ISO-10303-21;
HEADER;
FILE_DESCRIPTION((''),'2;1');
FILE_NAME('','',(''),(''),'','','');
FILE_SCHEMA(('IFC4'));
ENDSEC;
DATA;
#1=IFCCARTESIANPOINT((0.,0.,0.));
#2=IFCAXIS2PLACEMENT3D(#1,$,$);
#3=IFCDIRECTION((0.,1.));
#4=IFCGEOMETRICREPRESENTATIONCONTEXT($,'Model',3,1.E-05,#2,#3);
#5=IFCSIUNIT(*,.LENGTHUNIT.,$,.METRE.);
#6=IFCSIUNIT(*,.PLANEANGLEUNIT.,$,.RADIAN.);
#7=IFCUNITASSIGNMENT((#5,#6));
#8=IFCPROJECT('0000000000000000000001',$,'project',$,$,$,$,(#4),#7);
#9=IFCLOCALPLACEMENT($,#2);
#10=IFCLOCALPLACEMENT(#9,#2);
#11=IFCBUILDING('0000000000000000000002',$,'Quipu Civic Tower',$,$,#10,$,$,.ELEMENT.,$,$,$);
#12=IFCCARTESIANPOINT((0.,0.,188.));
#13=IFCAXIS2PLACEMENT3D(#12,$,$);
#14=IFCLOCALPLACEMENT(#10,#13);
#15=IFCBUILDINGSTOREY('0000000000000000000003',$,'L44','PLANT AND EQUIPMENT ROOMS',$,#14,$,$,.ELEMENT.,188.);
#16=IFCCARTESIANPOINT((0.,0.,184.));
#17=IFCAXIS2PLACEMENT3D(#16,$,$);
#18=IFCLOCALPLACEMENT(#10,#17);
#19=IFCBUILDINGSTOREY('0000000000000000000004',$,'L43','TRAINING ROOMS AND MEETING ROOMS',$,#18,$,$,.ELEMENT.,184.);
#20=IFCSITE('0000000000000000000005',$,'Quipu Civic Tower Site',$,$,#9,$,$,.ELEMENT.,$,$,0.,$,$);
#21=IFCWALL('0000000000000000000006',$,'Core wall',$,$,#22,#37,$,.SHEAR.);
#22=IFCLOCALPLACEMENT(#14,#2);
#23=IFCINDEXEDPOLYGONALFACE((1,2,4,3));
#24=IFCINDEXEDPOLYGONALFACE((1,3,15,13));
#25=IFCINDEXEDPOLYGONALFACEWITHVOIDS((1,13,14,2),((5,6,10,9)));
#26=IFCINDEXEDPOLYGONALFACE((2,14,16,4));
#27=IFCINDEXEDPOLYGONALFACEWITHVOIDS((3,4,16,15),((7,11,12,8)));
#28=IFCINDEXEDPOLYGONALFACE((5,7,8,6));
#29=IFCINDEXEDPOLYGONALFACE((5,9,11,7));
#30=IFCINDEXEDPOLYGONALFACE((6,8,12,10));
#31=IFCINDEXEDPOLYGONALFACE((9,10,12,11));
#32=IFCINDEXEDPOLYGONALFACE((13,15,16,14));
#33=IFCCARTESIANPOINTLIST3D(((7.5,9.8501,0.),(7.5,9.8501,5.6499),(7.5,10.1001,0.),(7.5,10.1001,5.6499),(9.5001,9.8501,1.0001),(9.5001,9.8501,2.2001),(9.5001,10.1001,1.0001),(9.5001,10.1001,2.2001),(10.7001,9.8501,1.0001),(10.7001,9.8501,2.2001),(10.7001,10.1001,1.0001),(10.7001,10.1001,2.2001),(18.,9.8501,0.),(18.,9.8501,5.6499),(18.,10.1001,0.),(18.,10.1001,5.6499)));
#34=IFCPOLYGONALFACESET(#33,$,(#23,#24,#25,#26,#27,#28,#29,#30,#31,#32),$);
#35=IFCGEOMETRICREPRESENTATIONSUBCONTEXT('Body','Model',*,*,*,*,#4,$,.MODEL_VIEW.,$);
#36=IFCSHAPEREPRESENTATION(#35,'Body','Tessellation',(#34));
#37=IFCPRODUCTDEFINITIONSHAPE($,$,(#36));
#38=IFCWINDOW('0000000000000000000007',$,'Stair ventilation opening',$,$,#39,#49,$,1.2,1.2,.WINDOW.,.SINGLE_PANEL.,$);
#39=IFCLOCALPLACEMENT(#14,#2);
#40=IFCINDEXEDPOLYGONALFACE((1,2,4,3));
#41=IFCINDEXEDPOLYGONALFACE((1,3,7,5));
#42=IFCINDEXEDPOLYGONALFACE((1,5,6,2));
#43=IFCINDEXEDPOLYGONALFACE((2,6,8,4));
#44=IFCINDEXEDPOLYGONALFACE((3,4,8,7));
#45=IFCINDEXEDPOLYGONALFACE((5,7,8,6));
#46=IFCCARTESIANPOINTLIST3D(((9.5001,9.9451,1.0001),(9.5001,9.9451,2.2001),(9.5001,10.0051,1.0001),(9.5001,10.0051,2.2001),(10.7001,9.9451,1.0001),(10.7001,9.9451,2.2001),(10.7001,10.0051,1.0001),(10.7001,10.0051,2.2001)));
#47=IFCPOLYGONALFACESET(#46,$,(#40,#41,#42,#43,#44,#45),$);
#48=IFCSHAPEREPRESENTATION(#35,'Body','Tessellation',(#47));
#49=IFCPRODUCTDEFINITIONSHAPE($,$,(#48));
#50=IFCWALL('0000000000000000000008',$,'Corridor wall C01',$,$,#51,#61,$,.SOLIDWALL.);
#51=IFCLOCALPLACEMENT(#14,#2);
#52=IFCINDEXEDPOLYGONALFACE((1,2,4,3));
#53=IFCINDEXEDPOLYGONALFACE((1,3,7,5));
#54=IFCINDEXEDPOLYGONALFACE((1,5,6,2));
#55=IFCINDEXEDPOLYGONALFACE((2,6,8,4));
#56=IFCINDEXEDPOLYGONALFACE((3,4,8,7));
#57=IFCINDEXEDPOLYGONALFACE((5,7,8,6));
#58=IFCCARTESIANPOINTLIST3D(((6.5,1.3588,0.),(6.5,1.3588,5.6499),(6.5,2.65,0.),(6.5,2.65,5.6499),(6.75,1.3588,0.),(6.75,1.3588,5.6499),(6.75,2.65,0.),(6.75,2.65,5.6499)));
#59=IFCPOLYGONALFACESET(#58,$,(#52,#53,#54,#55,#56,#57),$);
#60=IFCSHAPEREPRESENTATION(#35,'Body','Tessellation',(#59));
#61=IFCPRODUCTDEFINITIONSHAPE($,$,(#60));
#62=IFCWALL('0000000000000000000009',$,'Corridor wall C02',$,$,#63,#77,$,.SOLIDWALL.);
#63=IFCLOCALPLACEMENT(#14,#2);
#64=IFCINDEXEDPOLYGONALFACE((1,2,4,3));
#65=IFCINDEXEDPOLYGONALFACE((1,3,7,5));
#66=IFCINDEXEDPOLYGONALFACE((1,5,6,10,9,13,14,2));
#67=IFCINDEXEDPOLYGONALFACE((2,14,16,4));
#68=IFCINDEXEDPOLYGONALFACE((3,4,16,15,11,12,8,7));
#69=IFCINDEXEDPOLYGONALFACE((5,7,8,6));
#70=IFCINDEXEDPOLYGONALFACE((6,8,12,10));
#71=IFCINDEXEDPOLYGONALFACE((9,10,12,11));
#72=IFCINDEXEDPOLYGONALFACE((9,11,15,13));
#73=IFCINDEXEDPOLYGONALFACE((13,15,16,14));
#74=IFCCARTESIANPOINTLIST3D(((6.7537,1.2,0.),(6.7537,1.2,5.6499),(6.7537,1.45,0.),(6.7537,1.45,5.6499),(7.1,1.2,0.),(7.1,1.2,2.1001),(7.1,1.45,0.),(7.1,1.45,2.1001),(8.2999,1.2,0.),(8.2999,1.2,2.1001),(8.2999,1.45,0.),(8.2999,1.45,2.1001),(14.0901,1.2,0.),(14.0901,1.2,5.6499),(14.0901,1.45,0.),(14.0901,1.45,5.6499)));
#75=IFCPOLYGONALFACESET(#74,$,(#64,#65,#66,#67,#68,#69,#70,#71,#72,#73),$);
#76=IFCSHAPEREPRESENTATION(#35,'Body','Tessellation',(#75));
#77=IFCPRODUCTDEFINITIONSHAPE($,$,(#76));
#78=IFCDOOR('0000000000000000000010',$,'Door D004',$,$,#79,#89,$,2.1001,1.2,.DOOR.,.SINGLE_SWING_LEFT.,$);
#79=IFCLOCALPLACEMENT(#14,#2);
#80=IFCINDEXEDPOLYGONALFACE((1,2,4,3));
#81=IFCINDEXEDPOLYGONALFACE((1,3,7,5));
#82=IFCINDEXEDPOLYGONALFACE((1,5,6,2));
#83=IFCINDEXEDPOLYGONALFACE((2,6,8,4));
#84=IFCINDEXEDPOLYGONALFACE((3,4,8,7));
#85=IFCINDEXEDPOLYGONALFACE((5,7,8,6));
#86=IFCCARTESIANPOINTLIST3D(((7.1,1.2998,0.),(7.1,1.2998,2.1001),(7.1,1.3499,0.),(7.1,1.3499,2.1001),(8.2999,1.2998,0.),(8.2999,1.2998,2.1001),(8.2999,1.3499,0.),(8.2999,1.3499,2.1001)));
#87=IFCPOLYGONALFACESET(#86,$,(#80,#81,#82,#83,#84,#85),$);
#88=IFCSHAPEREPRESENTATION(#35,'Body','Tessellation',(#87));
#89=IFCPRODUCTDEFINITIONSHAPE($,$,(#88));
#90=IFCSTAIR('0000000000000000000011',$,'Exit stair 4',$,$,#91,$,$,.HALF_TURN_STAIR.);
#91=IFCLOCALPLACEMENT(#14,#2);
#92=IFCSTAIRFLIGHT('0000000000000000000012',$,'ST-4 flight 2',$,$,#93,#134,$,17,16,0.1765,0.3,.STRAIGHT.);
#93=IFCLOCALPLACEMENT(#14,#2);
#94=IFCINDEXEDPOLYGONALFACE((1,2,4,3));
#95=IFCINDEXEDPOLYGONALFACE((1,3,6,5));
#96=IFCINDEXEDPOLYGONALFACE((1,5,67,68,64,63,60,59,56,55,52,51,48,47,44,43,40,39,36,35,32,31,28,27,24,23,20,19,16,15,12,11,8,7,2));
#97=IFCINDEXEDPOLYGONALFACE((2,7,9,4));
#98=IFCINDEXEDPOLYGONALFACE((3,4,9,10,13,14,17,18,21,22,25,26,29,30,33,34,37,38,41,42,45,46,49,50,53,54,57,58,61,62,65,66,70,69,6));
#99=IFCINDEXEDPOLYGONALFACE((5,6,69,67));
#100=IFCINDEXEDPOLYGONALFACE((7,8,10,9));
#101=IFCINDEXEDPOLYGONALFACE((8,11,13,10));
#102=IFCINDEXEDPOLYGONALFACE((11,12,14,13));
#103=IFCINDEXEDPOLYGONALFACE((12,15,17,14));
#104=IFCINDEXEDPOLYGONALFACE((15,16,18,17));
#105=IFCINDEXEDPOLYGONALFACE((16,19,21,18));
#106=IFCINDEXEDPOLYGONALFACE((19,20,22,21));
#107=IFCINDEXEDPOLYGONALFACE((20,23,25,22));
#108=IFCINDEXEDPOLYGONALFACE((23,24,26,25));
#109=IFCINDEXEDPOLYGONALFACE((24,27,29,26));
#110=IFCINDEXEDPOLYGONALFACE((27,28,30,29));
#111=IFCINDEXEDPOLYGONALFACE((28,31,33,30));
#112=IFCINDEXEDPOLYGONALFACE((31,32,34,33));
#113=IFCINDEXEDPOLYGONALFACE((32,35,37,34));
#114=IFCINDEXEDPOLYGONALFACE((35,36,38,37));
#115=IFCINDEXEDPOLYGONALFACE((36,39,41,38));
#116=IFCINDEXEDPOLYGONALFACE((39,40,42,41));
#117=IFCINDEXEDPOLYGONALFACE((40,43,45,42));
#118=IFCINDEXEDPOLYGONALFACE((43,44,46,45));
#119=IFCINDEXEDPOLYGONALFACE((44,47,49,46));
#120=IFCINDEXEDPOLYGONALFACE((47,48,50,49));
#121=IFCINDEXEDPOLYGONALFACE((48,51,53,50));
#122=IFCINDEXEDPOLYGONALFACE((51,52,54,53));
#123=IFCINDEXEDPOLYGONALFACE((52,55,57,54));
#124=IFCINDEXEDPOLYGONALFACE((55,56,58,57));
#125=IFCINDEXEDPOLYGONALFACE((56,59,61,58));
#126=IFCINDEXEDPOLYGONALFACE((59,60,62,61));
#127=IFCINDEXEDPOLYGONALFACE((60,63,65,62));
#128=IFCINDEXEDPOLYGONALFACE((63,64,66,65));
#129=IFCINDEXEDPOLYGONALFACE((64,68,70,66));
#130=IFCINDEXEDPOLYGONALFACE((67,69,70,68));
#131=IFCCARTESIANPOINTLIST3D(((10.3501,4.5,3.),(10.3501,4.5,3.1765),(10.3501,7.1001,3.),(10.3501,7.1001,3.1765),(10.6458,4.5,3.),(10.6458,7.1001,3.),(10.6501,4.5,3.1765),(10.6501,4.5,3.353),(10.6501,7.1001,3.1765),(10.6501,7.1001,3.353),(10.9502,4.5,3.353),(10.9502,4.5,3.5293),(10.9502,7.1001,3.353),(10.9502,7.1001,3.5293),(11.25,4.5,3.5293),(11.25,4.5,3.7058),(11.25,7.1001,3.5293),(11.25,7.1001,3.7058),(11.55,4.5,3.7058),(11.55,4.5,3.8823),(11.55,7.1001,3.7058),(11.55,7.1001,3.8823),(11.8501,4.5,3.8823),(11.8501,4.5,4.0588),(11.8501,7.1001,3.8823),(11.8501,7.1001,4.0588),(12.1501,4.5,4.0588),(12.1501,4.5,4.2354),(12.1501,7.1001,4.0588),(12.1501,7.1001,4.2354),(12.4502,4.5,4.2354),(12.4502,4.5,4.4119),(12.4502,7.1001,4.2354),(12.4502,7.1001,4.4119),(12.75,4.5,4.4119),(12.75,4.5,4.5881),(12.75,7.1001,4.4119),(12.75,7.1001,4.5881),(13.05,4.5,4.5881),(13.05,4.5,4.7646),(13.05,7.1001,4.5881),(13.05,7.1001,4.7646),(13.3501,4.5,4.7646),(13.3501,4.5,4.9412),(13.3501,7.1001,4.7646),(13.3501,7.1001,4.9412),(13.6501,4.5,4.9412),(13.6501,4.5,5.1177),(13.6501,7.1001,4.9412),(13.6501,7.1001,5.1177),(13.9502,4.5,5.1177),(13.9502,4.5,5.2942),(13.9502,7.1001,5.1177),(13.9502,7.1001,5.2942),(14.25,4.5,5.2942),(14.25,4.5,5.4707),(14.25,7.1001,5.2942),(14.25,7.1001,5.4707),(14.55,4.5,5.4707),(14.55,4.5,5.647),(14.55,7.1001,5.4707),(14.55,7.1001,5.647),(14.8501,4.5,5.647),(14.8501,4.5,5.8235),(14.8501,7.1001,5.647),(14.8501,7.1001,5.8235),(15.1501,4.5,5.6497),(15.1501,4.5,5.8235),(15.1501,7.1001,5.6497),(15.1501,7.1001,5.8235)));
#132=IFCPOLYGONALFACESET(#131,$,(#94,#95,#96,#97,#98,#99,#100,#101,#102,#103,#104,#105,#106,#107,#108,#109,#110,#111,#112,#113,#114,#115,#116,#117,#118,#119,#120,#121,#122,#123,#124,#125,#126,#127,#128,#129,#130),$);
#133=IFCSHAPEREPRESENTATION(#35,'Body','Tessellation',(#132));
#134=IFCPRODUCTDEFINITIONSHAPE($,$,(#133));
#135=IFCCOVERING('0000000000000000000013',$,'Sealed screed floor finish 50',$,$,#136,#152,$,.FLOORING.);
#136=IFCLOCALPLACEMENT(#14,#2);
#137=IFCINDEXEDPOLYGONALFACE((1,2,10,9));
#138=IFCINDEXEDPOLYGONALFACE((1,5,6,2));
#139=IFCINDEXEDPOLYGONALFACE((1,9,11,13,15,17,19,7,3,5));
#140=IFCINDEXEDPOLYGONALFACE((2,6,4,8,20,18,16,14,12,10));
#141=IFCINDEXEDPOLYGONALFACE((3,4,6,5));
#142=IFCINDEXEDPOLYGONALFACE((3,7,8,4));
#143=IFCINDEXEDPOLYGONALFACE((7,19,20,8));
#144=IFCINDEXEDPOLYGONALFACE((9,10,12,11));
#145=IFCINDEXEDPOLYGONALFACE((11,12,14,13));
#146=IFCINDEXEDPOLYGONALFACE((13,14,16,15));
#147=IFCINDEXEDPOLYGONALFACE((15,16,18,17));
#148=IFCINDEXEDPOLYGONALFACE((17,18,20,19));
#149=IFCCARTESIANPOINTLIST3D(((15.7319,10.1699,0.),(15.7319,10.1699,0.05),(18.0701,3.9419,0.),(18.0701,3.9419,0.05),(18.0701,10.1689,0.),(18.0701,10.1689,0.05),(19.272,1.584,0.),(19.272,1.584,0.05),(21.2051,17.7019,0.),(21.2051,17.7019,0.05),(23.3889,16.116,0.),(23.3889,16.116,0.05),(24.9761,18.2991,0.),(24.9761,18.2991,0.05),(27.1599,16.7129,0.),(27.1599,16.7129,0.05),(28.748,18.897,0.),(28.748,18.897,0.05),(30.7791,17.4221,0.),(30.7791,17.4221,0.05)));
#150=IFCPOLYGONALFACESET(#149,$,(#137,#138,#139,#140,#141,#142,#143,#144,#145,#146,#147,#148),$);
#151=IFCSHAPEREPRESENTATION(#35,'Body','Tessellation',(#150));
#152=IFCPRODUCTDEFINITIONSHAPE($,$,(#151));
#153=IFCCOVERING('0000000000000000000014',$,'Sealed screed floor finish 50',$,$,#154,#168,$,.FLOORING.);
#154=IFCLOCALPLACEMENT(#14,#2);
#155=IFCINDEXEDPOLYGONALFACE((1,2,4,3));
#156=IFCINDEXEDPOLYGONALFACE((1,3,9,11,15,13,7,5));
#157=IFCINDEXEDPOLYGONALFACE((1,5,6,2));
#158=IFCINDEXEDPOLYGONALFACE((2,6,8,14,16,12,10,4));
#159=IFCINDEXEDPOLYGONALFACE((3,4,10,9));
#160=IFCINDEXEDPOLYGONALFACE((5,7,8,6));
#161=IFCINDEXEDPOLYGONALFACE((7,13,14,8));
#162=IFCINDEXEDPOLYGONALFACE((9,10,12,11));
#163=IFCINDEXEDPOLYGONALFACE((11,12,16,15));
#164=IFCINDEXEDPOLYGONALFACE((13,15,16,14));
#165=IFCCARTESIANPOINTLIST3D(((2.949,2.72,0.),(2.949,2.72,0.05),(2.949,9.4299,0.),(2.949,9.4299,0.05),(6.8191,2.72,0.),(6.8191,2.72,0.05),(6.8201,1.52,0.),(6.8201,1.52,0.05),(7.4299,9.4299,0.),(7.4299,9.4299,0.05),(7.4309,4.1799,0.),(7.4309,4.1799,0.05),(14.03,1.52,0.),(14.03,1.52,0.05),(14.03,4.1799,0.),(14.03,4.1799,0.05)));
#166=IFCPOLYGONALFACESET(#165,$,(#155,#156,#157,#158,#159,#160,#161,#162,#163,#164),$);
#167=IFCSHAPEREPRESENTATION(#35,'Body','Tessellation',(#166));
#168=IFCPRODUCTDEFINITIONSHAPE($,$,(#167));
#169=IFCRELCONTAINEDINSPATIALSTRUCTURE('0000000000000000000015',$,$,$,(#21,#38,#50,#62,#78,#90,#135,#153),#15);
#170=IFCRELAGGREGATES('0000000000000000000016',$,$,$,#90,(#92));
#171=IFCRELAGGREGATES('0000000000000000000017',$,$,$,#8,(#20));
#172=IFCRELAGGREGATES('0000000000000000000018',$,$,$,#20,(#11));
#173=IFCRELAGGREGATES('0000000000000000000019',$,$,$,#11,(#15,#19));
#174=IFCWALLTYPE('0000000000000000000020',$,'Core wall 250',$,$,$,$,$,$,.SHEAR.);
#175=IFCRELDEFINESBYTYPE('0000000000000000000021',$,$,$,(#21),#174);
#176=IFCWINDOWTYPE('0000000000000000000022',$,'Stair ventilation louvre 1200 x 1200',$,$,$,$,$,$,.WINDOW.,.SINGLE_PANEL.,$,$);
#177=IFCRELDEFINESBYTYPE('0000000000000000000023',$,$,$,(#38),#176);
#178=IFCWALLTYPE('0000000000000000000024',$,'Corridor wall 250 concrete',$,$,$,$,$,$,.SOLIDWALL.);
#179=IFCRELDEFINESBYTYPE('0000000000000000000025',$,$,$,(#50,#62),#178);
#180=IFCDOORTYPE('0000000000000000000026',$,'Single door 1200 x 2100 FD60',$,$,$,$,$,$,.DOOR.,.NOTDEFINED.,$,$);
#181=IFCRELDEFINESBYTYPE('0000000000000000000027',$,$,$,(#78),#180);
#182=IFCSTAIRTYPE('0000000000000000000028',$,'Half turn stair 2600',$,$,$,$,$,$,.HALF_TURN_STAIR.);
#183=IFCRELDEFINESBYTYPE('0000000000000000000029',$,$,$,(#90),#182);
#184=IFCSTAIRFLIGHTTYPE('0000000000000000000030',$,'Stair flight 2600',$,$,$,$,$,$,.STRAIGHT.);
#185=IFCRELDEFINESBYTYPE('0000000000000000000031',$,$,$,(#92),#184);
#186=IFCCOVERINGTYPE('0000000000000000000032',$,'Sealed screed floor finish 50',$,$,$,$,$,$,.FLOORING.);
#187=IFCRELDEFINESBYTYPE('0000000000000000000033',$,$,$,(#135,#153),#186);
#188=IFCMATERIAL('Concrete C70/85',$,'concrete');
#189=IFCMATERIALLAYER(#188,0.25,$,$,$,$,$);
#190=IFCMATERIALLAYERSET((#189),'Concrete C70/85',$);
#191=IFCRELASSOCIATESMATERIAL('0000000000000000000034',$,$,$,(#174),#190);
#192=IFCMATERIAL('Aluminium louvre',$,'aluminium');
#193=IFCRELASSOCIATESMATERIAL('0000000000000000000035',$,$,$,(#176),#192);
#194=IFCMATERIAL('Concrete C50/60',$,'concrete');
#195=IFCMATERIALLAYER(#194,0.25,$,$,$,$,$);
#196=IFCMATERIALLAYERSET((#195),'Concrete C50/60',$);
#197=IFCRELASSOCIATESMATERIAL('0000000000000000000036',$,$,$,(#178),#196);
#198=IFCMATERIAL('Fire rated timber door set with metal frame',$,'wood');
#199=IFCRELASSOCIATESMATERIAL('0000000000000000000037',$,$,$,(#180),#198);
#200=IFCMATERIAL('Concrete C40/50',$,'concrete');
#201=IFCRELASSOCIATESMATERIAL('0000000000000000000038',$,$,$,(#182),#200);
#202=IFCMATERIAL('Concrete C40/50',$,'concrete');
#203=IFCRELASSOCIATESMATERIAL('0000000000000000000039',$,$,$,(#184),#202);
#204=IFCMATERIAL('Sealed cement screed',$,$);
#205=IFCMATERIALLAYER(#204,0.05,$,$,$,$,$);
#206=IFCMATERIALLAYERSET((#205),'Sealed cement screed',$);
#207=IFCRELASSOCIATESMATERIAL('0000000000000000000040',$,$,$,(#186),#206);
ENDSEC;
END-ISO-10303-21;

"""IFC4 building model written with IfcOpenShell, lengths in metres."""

from ifc_helpers import new_model, si_unit, direction, frame, frame_2d, origin, place, context, subcontext, project, spatial, polyline, rectangle, outline, extrude, material, layer, layer_set, type_object, element, fill, aggregate, save


model = new_model("IFC4")

# Units and contexts
model_context = context("Model", 3, precision=1e-05, world=origin(), true_north=direction((0.0, 1.0)))
body_context = subcontext(model_context, "Body", "Model", "MODEL_VIEW")
ifc_project = project(units=[si_unit("LENGTHUNIT", "METRE"), si_unit("PLANEANGLEUNIT", "RADIAN")], contexts=[model_context])

# Site, building, storey
site_placement = place(None, origin())
site = spatial("IfcSite", under=ifc_project, at=site_placement, Name="Quipu Civic Tower Site", CompositionType="ELEMENT", RefElevation=0.0)
building_placement = place(site_placement, origin())
building = spatial("IfcBuilding", under=site, at=building_placement, Name="Quipu Civic Tower", CompositionType="ELEMENT")
storey_1_placement = place(building_placement, frame((0.0, 0.0, 188.0)))
storey_1 = spatial("IfcBuildingStorey", under=building, at=storey_1_placement, Name="L44", Description="PLANT AND EQUIPMENT ROOMS", CompositionType="ELEMENT", Elevation=188.0)

# Shared definitions
storey_2_placement = place(building_placement, frame((0.0, 0.0, 184.0)))
storey_2 = spatial("IfcBuildingStorey", under=building, at=storey_2_placement, Name="L43", Description="TRAINING ROOMS AND MEETING ROOMS", CompositionType="ELEMENT", Elevation=184.0)

# Shared definitions
ifc_material_1 = material(Name="Concrete C70/85", Category="concrete")
ifc_layer_1 = layer(ifc_material_1, 0.25)
ifc_layer_set_1 = layer_set([ifc_layer_1], Name="Concrete C70/85")
wall_type_1 = type_object("IfcWallType", Name="Core wall 250", PredefinedType="SHEAR", material=ifc_layer_set_1)

# Wall, opening, window
wall_1_placement = place(storey_1_placement, frame((7.5, 9.9751, 0.0), z_axis=(0.0, 0.0, 1.0), x_axis=(1.0, 0.0, 0.0)))
wall_1 = element("IfcWall", 1, at=wall_1_placement, inside=storey_1, type_object=wall_type_1, Name="Core wall", PredefinedType="SHEAR", context=body_context, shape_type="SweptSolid", body=[
    extrude(rectangle(XDim=10.5, YDim=0.25, at=frame_2d((5.25, 0.0))), origin(), (0.0, 0.0, 1.0), 5.6499),
])
opening_1_placement = place(wall_1_placement, frame((2.0, 0.0, 1.0)))
opening_1 = element("IfcOpeningElement", 2, at=opening_1_placement, cuts=wall_1, PredefinedType="OPENING", context=body_context, shape_type="SweptSolid", body=[
    extrude(rectangle(XDim=1.2, YDim=1.2, at=frame_2d((0.6001, 0.6001))), frame((0.0, 0.135, 0.0), z_axis=(0.0, -1.0, 0.0), x_axis=(1.0, 0.0, 0.0)), (0.0, 0.0, 1.0), 0.27),
])
ifc_material_2 = material(Name="Aluminium louvre", Category="aluminium")
window_type = type_object("IfcWindowType", Name="Stair ventilation louvre 1200 x 1200", PartitioningType="SINGLE_PANEL", PredefinedType="WINDOW", material=ifc_material_2)
window_placement = place(opening_1_placement, origin())
window = element("IfcWindow", 3, at=window_placement, inside=storey_1, type_object=window_type, Name="Stair ventilation opening", OverallHeight=1.2, OverallWidth=1.2, PartitioningType="SINGLE_PANEL", PredefinedType="WINDOW", context=body_context, shape_type="SweptSolid", body=[
    extrude(rectangle(XDim=1.2, YDim=1.2, at=frame_2d((0.6001, 0.6001))), frame((0.0, 0.03, 0.0), z_axis=(0.0, -1.0, 0.0), x_axis=(1.0, 0.0, 0.0)), (0.0, 0.0, 1.0), 0.0601),
])
fill(opening_1, window)

# Wall
ifc_material_3 = material(Name="Concrete C50/60", Category="concrete")
ifc_layer_2 = layer(ifc_material_3, 0.25)
ifc_layer_set_2 = layer_set([ifc_layer_2], Name="Concrete C50/60")
wall_type_2 = type_object("IfcWallType", Name="Corridor wall 250 concrete", PredefinedType="SOLIDWALL", material=ifc_layer_set_2)
wall_2_placement = place(storey_1_placement, frame((6.625, 2.6499, 0.0), z_axis=(0.0, 0.0, 1.0), x_axis=(0.0, -1.0, 0.0)))
element("IfcWall", 4, at=wall_2_placement, inside=storey_1, type_object=wall_type_2, Name="Corridor wall C01", PredefinedType="SOLIDWALL", context=body_context, shape_type="SweptSolid", body=[
    extrude(rectangle(XDim=1.2913, YDim=0.25, at=frame_2d((0.6455, 0.0))), origin(), (0.0, 0.0, 1.0), 5.6499),
])

# Wall, opening, door
wall_3_placement = place(storey_1_placement, frame((6.7537, 1.325, 0.0), z_axis=(0.0, 0.0, 1.0), x_axis=(1.0, 0.0, 0.0)))
wall_3 = element("IfcWall", 5, at=wall_3_placement, inside=storey_1, type_object=wall_type_2, Name="Corridor wall C02", PredefinedType="SOLIDWALL", context=body_context, shape_type="SweptSolid", body=[
    extrude(rectangle(XDim=7.3364, YDim=0.25, at=frame_2d((3.6682, 0.0))), origin(), (0.0, 0.0, 1.0), 5.6499),
])
opening_2_placement = place(wall_3_placement, frame((0.3462, 0.0, 0.0)))
opening_2 = element("IfcOpeningElement", 6, at=opening_2_placement, cuts=wall_3, PredefinedType="OPENING", context=body_context, shape_type="SweptSolid", body=[
    extrude(rectangle(XDim=1.2, YDim=2.1001, at=frame_2d((0.6001, 1.05))), frame((0.0, 0.135, 0.0), z_axis=(0.0, -1.0, 0.0), x_axis=(1.0, 0.0, 0.0)), (0.0, 0.0, 1.0), 0.27),
])
ifc_material_4 = material(Name="Fire rated timber door set with metal frame", Category="wood")
door_type_1 = type_object("IfcDoorType", Name="Single door 1200 x 2100 FD60", OperationType="NOTDEFINED", PredefinedType="DOOR", material=ifc_material_4)
door_1_placement = place(opening_2_placement, origin())
door_1 = element("IfcDoor", 7, at=door_1_placement, inside=storey_1, type_object=door_type_1, Name="Door D004", OperationType="SINGLE_SWING_LEFT", OverallHeight=2.1001, OverallWidth=1.2, PredefinedType="DOOR", context=body_context, shape_type="SweptSolid", body=[
    extrude(rectangle(XDim=1.2, YDim=2.1001, at=frame_2d((0.6001, 1.05))), frame((0.0, 0.0249, 0.0), z_axis=(0.0, -1.0, 0.0), x_axis=(1.0, 0.0, 0.0)), (0.0, 0.0, 1.0), 0.05),
])
fill(opening_2, door_1)

# Stair, stair flight
ifc_material_5 = material(Name="Concrete C40/50", Category="concrete")
stair_type = type_object("IfcStairType", Name="Half turn stair 2600", PredefinedType="HALF_TURN_STAIR", material=ifc_material_5)
stair_placement = place(storey_1_placement, origin())
stair = element("IfcStair", 8, at=stair_placement, inside=storey_1, type_object=stair_type, Name="Exit stair 4", PredefinedType="HALF_TURN_STAIR")
ifc_material_6 = material(Name="Concrete C40/50", Category="concrete")
stair_flight_type = type_object("IfcStairFlightType", Name="Stair flight 2600", PredefinedType="STRAIGHT", material=ifc_material_6)
stair_flight_placement = place(storey_1_placement, frame((10.3501, 5.8, 3.0), z_axis=(0.0, 0.0, 1.0), x_axis=(1.0, 0.0, 0.0)))
stair_flight = element("IfcStairFlight", 9, at=stair_flight_placement, type_object=stair_flight_type, Name="ST-4 flight 2", NumberOfRisers=17, NumberOfTreads=16, PredefinedType="STRAIGHT", RiserHeight=0.1765, TreadLength=0.3, context=body_context, shape_type="SweptSolid", body=[
    extrude(outline(polyline([(0.0, 0.0), (0.0, 0.1765), (0.3, 0.1765), (0.3, 0.353), (0.6001, 0.353), (0.6001, 0.5293), (0.8999, 0.5293), (0.8999, 0.7058), (1.2, 0.7058), (1.2, 0.8823), (1.5, 0.8823), (1.5, 1.0588), (1.8, 1.0588), (1.8, 1.2354), (2.1001, 1.2354), (2.1001, 1.4119), (2.3999, 1.4119), (2.3999, 1.5881), (2.7, 1.5881), (2.7, 1.7646), (3.0, 1.7646), (3.0, 1.9412), (3.3, 1.9412), (3.3, 2.1177), (3.6001, 2.1177), (3.6001, 2.2942), (3.8999, 2.2942), (3.8999, 2.4707), (4.2, 2.4707), (4.2, 2.647), (4.5, 2.647), (4.5, 2.8235), (4.8, 2.8235), (4.8, 3.0), (4.8, 2.6497), (0.2957, 0.0), (0.0, 0.0)])), frame((0.0, 1.3, 0.0), z_axis=(0.0, -1.0, 0.0), x_axis=(1.0, 0.0, 0.0)), (0.0, 0.0, 1.0), 2.6001),
])
aggregate(stair, [stair_flight])

# Coverings
ifc_material_7 = material(Name="Sealed cement screed")
ifc_layer_3 = layer(ifc_material_7, 0.05)
ifc_layer_set_3 = layer_set([ifc_layer_3], Name="Sealed cement screed")
covering_type = type_object("IfcCoveringType", Name="Sealed screed floor finish 50", PredefinedType="FLOORING", material=ifc_layer_set_3)
covering_1_placement = place(storey_1_placement, origin())
element("IfcCovering", 10, at=covering_1_placement, inside=storey_1, type_object=covering_type, Name="Sealed screed floor finish 50", PredefinedType="FLOORING", context=body_context, shape_type="SweptSolid", body=[
    extrude(outline(polyline([(15.7319, 10.1699), (21.2051, 17.7019), (23.3889, 16.116), (24.9761, 18.2991), (27.1599, 16.7129), (28.748, 18.897), (30.7791, 17.4221), (19.272, 1.584), (18.0701, 3.9419), (18.0701, 10.1689), (15.7319, 10.1699)])), origin(), (0.0, 0.0, 1.0), 0.05),
])
covering_2_placement = place(storey_1_placement, origin())
element("IfcCovering", 11, at=covering_2_placement, inside=storey_1, type_object=covering_type, Name="Sealed screed floor finish 50", PredefinedType="FLOORING", context=body_context, shape_type="SweptSolid", body=[
    extrude(outline(polyline([(2.949, 2.72), (2.949, 9.4299), (7.4299, 9.4299), (7.4309, 4.1799), (14.03, 4.1799), (14.03, 1.52), (6.8201, 1.52), (6.8191, 2.72), (2.949, 2.72)])), origin(), (0.0, 0.0, 1.0), 0.05),
])

save(model, "model.ifc")
